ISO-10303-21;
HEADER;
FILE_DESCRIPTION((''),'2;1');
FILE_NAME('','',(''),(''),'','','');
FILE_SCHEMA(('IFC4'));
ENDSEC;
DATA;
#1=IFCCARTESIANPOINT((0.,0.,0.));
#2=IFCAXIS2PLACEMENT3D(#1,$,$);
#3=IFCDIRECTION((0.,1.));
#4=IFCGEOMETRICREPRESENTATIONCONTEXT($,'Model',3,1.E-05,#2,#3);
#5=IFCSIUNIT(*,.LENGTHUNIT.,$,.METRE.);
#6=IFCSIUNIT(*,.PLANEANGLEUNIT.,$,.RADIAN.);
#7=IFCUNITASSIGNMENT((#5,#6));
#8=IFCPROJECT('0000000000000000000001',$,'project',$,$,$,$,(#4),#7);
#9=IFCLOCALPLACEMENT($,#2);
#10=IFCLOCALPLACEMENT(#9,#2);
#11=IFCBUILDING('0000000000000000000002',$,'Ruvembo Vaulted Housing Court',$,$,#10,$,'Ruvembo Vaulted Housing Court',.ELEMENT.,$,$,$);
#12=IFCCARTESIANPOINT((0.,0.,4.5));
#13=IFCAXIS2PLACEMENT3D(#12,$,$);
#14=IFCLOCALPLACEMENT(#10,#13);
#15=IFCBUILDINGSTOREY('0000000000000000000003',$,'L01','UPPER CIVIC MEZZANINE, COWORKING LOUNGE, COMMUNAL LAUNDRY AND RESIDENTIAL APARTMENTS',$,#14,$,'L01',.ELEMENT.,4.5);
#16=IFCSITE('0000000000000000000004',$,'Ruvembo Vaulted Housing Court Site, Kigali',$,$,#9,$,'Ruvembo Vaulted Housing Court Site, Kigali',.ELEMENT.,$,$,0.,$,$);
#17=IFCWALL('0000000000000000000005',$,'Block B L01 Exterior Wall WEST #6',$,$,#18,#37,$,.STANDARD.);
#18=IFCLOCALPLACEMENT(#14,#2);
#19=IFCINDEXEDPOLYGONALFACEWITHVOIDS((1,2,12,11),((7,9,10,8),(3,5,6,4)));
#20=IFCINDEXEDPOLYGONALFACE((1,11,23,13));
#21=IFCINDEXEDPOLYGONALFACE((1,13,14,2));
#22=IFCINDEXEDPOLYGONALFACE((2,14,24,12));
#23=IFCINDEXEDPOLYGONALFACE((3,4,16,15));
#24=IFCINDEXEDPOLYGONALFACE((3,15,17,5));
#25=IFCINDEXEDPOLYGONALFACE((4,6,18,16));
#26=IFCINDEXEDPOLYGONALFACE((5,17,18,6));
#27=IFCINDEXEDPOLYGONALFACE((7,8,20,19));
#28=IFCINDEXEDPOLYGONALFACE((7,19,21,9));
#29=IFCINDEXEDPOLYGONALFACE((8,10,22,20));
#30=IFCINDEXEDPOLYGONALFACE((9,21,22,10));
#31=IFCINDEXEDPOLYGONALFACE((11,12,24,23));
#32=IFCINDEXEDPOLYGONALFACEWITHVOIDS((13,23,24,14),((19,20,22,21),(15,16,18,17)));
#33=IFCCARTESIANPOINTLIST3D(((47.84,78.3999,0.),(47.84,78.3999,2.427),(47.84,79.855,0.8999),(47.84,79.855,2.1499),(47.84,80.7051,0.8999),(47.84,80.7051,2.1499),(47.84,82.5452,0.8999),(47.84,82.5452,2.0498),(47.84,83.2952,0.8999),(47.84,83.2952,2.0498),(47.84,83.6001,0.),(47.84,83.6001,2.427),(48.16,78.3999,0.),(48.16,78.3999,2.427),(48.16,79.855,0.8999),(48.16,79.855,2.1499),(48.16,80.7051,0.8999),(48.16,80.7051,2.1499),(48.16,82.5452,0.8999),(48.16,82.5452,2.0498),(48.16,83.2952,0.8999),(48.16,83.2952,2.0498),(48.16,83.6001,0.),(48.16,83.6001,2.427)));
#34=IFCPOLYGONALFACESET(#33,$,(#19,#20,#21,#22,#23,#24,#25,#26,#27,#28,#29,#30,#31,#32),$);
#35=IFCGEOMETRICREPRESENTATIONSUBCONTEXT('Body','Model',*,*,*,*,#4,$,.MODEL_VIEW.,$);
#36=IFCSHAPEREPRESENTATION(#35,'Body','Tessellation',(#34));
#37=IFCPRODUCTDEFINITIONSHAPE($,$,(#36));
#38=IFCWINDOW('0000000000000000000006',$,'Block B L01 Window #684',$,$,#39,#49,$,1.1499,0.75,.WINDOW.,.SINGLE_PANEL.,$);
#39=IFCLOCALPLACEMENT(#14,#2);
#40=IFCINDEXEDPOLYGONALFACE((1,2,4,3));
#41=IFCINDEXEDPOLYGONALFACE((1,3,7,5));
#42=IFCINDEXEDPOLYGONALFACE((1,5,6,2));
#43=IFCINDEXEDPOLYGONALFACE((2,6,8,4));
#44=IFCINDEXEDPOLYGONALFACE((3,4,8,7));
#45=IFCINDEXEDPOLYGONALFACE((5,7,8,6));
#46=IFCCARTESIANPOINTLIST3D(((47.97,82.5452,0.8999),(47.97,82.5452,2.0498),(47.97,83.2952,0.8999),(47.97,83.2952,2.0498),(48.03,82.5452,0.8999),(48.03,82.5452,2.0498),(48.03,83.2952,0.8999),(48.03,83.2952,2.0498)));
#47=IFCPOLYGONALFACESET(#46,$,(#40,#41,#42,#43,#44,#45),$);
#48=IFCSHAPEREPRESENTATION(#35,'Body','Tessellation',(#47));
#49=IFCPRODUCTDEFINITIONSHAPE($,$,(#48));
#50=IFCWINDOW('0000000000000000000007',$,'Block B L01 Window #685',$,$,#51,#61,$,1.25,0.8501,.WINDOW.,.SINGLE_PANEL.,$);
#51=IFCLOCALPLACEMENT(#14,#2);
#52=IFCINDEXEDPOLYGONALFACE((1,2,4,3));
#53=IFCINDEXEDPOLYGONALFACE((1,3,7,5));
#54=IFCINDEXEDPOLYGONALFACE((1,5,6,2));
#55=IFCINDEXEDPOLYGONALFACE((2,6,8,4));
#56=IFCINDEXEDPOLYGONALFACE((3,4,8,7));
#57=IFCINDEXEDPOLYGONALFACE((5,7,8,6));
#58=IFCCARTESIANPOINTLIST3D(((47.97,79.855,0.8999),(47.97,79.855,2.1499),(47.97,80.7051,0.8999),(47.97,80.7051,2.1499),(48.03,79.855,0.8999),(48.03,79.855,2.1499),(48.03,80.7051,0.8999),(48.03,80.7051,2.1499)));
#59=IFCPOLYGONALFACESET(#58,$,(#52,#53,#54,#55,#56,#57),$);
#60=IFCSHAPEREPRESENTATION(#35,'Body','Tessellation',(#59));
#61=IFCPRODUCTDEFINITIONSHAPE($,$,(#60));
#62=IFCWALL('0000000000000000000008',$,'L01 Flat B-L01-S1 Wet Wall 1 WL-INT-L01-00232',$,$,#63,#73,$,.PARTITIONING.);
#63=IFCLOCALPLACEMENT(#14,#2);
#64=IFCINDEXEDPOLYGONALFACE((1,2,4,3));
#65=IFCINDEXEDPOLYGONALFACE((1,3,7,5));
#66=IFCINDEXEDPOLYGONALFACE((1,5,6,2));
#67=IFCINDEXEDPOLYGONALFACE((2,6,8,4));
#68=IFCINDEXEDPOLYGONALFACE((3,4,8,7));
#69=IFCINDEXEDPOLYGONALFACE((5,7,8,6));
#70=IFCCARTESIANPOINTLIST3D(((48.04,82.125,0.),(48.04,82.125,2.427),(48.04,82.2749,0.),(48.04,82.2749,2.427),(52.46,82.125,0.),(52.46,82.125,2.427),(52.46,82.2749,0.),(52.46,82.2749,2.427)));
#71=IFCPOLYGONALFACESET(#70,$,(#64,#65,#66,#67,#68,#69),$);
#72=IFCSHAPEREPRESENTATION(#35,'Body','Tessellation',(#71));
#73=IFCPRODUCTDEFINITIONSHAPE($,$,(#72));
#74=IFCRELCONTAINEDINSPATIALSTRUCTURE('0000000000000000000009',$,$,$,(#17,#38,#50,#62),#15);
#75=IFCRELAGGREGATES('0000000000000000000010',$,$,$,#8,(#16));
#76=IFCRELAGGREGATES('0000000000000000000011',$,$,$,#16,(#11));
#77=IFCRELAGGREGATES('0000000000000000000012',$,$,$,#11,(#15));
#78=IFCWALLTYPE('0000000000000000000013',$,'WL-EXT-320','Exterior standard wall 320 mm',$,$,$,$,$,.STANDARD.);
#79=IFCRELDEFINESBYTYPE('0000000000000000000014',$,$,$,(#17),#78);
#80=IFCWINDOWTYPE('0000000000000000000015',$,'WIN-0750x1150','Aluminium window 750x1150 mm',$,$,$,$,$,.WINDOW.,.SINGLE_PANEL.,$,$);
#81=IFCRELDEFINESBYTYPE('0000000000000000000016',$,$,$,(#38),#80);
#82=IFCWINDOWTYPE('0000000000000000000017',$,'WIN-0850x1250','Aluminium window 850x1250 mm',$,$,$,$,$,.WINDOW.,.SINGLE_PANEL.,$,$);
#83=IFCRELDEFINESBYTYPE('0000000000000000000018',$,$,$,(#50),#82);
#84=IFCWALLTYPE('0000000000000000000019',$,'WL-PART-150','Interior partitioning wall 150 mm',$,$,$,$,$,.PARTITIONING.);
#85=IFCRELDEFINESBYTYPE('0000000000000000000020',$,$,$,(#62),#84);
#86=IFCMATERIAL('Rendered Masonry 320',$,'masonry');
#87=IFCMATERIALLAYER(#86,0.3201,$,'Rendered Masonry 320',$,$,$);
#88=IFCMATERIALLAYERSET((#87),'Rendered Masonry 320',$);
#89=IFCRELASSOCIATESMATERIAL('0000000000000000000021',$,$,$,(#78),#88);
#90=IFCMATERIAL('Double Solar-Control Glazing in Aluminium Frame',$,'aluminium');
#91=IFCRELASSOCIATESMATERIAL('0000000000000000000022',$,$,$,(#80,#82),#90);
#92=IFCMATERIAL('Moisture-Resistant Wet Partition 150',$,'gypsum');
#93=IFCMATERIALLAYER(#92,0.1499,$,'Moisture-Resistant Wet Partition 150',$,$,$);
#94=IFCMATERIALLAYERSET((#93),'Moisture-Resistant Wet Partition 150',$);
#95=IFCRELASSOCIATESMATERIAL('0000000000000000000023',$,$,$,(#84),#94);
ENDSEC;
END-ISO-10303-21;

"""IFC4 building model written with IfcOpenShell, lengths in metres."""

from ifc_helpers import new_model, si_unit, direction, frame, frame_2d, origin, place, context, subcontext, project, spatial, rectangle, extrude, material, layer, layer_set, type_object, element, fill, save


model = new_model("IFC4")

# Units and contexts
model_context = context("Model", 3, precision=1e-05, world=origin(), true_north=direction((0.0, 1.0)))
body_context = subcontext(model_context, "Body", "Model", "MODEL_VIEW")
ifc_project = project(units=[si_unit("LENGTHUNIT", "METRE"), si_unit("PLANEANGLEUNIT", "RADIAN")], contexts=[model_context])

# Site, building, storey
site_placement = place(None, origin())
site = spatial("IfcSite", under=ifc_project, at=site_placement, Name="Ruvembo Vaulted Housing Court Site, Kigali", LongName="Ruvembo Vaulted Housing Court Site, Kigali", CompositionType="ELEMENT", RefElevation=0.0)
building_placement = place(site_placement, origin())
building = spatial("IfcBuilding", under=site, at=building_placement, Name="Ruvembo Vaulted Housing Court", LongName="Ruvembo Vaulted Housing Court", CompositionType="ELEMENT")
storey_placement = place(building_placement, frame((0.0, 0.0, 4.5)))
storey = spatial("IfcBuildingStorey", under=building, at=storey_placement, Name="L01", Description="UPPER CIVIC MEZZANINE, COWORKING LOUNGE, COMMUNAL LAUNDRY AND RESIDENTIAL APARTMENTS", LongName="L01", CompositionType="ELEMENT", Elevation=4.5)

# Shared definitions
ifc_material_1 = material(Name="Rendered Masonry 320", Category="masonry")
ifc_layer_1 = layer(ifc_material_1, 0.3201, Name="Rendered Masonry 320")
ifc_layer_set_1 = layer_set([ifc_layer_1], Name="Rendered Masonry 320")
wall_type_1 = type_object("IfcWallType", Name="WL-EXT-320", Description="Exterior standard wall 320 mm", PredefinedType="STANDARD", material=ifc_layer_set_1)

# Wall, openings, windows
wall_1_placement = place(storey_placement, frame((48.0, 83.6001, 0.0), z_axis=(0.0, 0.0, 1.0), x_axis=(0.0, -1.0, 0.0)))
wall_1 = element("IfcWall", 1, at=wall_1_placement, inside=storey, type_object=wall_type_1, Name="Block B L01 Exterior Wall WEST #6", PredefinedType="STANDARD", context=body_context, shape_type="SweptSolid", body=[
    extrude(rectangle(XDim=5.2002, YDim=0.3201, at=frame_2d((2.6001, 0.0))), origin(), (0.0, 0.0, 1.0), 2.427),
])
opening_1_placement = place(wall_1_placement, frame((0.3049, 0.0, 0.8999)))
opening_1 = element("IfcOpeningElement", 2, at=opening_1_placement, cuts=wall_1, PredefinedType="OPENING", context=body_context, shape_type="SweptSolid", body=[
    extrude(rectangle(XDim=0.75, YDim=1.1499, at=frame_2d((0.375, 0.575))), frame((0.0, 0.1699, 0.0), z_axis=(0.0, -1.0, 0.0), x_axis=(1.0, 0.0, 0.0)), (0.0, 0.0, 1.0), 0.3401),
])
opening_2_placement = place(wall_1_placement, frame((2.895, 0.0, 0.8999)))
opening_2 = element("IfcOpeningElement", 3, at=opening_2_placement, cuts=wall_1, PredefinedType="OPENING", context=body_context, shape_type="SweptSolid", body=[
    extrude(rectangle(XDim=0.8501, YDim=1.25, at=frame_2d((0.425, 0.625))), frame((0.0, 0.1699, 0.0), z_axis=(0.0, -1.0, 0.0), x_axis=(1.0, 0.0, 0.0)), (0.0, 0.0, 1.0), 0.3401),
])
ifc_material_2 = material(Name="Double Solar-Control Glazing in Aluminium Frame", Category="aluminium")
window_type_1 = type_object("IfcWindowType", Name="WIN-0750x1150", Description="Aluminium window 750x1150 mm", PartitioningType="SINGLE_PANEL", PredefinedType="WINDOW", material=ifc_material_2)
window_1_placement = place(opening_1_placement, origin())
window_1 = element("IfcWindow", 4, at=window_1_placement, inside=storey, type_object=window_type_1, Name="Block B L01 Window #684", OverallHeight=1.1499, OverallWidth=0.75, PartitioningType="SINGLE_PANEL", PredefinedType="WINDOW", context=body_context, shape_type="SweptSolid", body=[
    extrude(rectangle(XDim=0.75, YDim=1.1499, at=frame_2d((0.375, 0.575))), frame((0.0, 0.03, 0.0), z_axis=(0.0, -1.0, 0.0), x_axis=(1.0, 0.0, 0.0)), (0.0, 0.0, 1.0), 0.0601),
])
fill(opening_1, window_1)
window_type_2 = type_object("IfcWindowType", Name="WIN-0850x1250", Description="Aluminium window 850x1250 mm", PartitioningType="SINGLE_PANEL", PredefinedType="WINDOW", material=ifc_material_2)
window_2_placement = place(opening_2_placement, origin())
window_2 = element("IfcWindow", 5, at=window_2_placement, inside=storey, type_object=window_type_2, Name="Block B L01 Window #685", OverallHeight=1.25, OverallWidth=0.8501, PartitioningType="SINGLE_PANEL", PredefinedType="WINDOW", context=body_context, shape_type="SweptSolid", body=[
    extrude(rectangle(XDim=0.8501, YDim=1.25, at=frame_2d((0.425, 0.625))), frame((0.0, 0.03, 0.0), z_axis=(0.0, -1.0, 0.0), x_axis=(1.0, 0.0, 0.0)), (0.0, 0.0, 1.0), 0.0601),
])
fill(opening_2, window_2)

# Wall
ifc_material_3 = material(Name="Moisture-Resistant Wet Partition 150", Category="gypsum")
ifc_layer_2 = layer(ifc_material_3, 0.1499, Name="Moisture-Resistant Wet Partition 150")
ifc_layer_set_2 = layer_set([ifc_layer_2], Name="Moisture-Resistant Wet Partition 150")
wall_type_2 = type_object("IfcWallType", Name="WL-PART-150", Description="Interior partitioning wall 150 mm", PredefinedType="PARTITIONING", material=ifc_layer_set_2)
wall_2_placement = place(storey_placement, frame((48.04, 82.2, 0.0), z_axis=(0.0, 0.0, 1.0), x_axis=(1.0, 0.0, 0.0)))
element("IfcWall", 6, at=wall_2_placement, inside=storey, type_object=wall_type_2, Name="L01 Flat B-L01-S1 Wet Wall 1 WL-INT-L01-00232", PredefinedType="PARTITIONING", context=body_context, shape_type="SweptSolid", body=[
    extrude(rectangle(XDim=4.4199, YDim=0.1499, at=frame_2d((2.21, 0.0))), origin(), (0.0, 0.0, 1.0), 2.427),
])

save(model, "model.ifc")
